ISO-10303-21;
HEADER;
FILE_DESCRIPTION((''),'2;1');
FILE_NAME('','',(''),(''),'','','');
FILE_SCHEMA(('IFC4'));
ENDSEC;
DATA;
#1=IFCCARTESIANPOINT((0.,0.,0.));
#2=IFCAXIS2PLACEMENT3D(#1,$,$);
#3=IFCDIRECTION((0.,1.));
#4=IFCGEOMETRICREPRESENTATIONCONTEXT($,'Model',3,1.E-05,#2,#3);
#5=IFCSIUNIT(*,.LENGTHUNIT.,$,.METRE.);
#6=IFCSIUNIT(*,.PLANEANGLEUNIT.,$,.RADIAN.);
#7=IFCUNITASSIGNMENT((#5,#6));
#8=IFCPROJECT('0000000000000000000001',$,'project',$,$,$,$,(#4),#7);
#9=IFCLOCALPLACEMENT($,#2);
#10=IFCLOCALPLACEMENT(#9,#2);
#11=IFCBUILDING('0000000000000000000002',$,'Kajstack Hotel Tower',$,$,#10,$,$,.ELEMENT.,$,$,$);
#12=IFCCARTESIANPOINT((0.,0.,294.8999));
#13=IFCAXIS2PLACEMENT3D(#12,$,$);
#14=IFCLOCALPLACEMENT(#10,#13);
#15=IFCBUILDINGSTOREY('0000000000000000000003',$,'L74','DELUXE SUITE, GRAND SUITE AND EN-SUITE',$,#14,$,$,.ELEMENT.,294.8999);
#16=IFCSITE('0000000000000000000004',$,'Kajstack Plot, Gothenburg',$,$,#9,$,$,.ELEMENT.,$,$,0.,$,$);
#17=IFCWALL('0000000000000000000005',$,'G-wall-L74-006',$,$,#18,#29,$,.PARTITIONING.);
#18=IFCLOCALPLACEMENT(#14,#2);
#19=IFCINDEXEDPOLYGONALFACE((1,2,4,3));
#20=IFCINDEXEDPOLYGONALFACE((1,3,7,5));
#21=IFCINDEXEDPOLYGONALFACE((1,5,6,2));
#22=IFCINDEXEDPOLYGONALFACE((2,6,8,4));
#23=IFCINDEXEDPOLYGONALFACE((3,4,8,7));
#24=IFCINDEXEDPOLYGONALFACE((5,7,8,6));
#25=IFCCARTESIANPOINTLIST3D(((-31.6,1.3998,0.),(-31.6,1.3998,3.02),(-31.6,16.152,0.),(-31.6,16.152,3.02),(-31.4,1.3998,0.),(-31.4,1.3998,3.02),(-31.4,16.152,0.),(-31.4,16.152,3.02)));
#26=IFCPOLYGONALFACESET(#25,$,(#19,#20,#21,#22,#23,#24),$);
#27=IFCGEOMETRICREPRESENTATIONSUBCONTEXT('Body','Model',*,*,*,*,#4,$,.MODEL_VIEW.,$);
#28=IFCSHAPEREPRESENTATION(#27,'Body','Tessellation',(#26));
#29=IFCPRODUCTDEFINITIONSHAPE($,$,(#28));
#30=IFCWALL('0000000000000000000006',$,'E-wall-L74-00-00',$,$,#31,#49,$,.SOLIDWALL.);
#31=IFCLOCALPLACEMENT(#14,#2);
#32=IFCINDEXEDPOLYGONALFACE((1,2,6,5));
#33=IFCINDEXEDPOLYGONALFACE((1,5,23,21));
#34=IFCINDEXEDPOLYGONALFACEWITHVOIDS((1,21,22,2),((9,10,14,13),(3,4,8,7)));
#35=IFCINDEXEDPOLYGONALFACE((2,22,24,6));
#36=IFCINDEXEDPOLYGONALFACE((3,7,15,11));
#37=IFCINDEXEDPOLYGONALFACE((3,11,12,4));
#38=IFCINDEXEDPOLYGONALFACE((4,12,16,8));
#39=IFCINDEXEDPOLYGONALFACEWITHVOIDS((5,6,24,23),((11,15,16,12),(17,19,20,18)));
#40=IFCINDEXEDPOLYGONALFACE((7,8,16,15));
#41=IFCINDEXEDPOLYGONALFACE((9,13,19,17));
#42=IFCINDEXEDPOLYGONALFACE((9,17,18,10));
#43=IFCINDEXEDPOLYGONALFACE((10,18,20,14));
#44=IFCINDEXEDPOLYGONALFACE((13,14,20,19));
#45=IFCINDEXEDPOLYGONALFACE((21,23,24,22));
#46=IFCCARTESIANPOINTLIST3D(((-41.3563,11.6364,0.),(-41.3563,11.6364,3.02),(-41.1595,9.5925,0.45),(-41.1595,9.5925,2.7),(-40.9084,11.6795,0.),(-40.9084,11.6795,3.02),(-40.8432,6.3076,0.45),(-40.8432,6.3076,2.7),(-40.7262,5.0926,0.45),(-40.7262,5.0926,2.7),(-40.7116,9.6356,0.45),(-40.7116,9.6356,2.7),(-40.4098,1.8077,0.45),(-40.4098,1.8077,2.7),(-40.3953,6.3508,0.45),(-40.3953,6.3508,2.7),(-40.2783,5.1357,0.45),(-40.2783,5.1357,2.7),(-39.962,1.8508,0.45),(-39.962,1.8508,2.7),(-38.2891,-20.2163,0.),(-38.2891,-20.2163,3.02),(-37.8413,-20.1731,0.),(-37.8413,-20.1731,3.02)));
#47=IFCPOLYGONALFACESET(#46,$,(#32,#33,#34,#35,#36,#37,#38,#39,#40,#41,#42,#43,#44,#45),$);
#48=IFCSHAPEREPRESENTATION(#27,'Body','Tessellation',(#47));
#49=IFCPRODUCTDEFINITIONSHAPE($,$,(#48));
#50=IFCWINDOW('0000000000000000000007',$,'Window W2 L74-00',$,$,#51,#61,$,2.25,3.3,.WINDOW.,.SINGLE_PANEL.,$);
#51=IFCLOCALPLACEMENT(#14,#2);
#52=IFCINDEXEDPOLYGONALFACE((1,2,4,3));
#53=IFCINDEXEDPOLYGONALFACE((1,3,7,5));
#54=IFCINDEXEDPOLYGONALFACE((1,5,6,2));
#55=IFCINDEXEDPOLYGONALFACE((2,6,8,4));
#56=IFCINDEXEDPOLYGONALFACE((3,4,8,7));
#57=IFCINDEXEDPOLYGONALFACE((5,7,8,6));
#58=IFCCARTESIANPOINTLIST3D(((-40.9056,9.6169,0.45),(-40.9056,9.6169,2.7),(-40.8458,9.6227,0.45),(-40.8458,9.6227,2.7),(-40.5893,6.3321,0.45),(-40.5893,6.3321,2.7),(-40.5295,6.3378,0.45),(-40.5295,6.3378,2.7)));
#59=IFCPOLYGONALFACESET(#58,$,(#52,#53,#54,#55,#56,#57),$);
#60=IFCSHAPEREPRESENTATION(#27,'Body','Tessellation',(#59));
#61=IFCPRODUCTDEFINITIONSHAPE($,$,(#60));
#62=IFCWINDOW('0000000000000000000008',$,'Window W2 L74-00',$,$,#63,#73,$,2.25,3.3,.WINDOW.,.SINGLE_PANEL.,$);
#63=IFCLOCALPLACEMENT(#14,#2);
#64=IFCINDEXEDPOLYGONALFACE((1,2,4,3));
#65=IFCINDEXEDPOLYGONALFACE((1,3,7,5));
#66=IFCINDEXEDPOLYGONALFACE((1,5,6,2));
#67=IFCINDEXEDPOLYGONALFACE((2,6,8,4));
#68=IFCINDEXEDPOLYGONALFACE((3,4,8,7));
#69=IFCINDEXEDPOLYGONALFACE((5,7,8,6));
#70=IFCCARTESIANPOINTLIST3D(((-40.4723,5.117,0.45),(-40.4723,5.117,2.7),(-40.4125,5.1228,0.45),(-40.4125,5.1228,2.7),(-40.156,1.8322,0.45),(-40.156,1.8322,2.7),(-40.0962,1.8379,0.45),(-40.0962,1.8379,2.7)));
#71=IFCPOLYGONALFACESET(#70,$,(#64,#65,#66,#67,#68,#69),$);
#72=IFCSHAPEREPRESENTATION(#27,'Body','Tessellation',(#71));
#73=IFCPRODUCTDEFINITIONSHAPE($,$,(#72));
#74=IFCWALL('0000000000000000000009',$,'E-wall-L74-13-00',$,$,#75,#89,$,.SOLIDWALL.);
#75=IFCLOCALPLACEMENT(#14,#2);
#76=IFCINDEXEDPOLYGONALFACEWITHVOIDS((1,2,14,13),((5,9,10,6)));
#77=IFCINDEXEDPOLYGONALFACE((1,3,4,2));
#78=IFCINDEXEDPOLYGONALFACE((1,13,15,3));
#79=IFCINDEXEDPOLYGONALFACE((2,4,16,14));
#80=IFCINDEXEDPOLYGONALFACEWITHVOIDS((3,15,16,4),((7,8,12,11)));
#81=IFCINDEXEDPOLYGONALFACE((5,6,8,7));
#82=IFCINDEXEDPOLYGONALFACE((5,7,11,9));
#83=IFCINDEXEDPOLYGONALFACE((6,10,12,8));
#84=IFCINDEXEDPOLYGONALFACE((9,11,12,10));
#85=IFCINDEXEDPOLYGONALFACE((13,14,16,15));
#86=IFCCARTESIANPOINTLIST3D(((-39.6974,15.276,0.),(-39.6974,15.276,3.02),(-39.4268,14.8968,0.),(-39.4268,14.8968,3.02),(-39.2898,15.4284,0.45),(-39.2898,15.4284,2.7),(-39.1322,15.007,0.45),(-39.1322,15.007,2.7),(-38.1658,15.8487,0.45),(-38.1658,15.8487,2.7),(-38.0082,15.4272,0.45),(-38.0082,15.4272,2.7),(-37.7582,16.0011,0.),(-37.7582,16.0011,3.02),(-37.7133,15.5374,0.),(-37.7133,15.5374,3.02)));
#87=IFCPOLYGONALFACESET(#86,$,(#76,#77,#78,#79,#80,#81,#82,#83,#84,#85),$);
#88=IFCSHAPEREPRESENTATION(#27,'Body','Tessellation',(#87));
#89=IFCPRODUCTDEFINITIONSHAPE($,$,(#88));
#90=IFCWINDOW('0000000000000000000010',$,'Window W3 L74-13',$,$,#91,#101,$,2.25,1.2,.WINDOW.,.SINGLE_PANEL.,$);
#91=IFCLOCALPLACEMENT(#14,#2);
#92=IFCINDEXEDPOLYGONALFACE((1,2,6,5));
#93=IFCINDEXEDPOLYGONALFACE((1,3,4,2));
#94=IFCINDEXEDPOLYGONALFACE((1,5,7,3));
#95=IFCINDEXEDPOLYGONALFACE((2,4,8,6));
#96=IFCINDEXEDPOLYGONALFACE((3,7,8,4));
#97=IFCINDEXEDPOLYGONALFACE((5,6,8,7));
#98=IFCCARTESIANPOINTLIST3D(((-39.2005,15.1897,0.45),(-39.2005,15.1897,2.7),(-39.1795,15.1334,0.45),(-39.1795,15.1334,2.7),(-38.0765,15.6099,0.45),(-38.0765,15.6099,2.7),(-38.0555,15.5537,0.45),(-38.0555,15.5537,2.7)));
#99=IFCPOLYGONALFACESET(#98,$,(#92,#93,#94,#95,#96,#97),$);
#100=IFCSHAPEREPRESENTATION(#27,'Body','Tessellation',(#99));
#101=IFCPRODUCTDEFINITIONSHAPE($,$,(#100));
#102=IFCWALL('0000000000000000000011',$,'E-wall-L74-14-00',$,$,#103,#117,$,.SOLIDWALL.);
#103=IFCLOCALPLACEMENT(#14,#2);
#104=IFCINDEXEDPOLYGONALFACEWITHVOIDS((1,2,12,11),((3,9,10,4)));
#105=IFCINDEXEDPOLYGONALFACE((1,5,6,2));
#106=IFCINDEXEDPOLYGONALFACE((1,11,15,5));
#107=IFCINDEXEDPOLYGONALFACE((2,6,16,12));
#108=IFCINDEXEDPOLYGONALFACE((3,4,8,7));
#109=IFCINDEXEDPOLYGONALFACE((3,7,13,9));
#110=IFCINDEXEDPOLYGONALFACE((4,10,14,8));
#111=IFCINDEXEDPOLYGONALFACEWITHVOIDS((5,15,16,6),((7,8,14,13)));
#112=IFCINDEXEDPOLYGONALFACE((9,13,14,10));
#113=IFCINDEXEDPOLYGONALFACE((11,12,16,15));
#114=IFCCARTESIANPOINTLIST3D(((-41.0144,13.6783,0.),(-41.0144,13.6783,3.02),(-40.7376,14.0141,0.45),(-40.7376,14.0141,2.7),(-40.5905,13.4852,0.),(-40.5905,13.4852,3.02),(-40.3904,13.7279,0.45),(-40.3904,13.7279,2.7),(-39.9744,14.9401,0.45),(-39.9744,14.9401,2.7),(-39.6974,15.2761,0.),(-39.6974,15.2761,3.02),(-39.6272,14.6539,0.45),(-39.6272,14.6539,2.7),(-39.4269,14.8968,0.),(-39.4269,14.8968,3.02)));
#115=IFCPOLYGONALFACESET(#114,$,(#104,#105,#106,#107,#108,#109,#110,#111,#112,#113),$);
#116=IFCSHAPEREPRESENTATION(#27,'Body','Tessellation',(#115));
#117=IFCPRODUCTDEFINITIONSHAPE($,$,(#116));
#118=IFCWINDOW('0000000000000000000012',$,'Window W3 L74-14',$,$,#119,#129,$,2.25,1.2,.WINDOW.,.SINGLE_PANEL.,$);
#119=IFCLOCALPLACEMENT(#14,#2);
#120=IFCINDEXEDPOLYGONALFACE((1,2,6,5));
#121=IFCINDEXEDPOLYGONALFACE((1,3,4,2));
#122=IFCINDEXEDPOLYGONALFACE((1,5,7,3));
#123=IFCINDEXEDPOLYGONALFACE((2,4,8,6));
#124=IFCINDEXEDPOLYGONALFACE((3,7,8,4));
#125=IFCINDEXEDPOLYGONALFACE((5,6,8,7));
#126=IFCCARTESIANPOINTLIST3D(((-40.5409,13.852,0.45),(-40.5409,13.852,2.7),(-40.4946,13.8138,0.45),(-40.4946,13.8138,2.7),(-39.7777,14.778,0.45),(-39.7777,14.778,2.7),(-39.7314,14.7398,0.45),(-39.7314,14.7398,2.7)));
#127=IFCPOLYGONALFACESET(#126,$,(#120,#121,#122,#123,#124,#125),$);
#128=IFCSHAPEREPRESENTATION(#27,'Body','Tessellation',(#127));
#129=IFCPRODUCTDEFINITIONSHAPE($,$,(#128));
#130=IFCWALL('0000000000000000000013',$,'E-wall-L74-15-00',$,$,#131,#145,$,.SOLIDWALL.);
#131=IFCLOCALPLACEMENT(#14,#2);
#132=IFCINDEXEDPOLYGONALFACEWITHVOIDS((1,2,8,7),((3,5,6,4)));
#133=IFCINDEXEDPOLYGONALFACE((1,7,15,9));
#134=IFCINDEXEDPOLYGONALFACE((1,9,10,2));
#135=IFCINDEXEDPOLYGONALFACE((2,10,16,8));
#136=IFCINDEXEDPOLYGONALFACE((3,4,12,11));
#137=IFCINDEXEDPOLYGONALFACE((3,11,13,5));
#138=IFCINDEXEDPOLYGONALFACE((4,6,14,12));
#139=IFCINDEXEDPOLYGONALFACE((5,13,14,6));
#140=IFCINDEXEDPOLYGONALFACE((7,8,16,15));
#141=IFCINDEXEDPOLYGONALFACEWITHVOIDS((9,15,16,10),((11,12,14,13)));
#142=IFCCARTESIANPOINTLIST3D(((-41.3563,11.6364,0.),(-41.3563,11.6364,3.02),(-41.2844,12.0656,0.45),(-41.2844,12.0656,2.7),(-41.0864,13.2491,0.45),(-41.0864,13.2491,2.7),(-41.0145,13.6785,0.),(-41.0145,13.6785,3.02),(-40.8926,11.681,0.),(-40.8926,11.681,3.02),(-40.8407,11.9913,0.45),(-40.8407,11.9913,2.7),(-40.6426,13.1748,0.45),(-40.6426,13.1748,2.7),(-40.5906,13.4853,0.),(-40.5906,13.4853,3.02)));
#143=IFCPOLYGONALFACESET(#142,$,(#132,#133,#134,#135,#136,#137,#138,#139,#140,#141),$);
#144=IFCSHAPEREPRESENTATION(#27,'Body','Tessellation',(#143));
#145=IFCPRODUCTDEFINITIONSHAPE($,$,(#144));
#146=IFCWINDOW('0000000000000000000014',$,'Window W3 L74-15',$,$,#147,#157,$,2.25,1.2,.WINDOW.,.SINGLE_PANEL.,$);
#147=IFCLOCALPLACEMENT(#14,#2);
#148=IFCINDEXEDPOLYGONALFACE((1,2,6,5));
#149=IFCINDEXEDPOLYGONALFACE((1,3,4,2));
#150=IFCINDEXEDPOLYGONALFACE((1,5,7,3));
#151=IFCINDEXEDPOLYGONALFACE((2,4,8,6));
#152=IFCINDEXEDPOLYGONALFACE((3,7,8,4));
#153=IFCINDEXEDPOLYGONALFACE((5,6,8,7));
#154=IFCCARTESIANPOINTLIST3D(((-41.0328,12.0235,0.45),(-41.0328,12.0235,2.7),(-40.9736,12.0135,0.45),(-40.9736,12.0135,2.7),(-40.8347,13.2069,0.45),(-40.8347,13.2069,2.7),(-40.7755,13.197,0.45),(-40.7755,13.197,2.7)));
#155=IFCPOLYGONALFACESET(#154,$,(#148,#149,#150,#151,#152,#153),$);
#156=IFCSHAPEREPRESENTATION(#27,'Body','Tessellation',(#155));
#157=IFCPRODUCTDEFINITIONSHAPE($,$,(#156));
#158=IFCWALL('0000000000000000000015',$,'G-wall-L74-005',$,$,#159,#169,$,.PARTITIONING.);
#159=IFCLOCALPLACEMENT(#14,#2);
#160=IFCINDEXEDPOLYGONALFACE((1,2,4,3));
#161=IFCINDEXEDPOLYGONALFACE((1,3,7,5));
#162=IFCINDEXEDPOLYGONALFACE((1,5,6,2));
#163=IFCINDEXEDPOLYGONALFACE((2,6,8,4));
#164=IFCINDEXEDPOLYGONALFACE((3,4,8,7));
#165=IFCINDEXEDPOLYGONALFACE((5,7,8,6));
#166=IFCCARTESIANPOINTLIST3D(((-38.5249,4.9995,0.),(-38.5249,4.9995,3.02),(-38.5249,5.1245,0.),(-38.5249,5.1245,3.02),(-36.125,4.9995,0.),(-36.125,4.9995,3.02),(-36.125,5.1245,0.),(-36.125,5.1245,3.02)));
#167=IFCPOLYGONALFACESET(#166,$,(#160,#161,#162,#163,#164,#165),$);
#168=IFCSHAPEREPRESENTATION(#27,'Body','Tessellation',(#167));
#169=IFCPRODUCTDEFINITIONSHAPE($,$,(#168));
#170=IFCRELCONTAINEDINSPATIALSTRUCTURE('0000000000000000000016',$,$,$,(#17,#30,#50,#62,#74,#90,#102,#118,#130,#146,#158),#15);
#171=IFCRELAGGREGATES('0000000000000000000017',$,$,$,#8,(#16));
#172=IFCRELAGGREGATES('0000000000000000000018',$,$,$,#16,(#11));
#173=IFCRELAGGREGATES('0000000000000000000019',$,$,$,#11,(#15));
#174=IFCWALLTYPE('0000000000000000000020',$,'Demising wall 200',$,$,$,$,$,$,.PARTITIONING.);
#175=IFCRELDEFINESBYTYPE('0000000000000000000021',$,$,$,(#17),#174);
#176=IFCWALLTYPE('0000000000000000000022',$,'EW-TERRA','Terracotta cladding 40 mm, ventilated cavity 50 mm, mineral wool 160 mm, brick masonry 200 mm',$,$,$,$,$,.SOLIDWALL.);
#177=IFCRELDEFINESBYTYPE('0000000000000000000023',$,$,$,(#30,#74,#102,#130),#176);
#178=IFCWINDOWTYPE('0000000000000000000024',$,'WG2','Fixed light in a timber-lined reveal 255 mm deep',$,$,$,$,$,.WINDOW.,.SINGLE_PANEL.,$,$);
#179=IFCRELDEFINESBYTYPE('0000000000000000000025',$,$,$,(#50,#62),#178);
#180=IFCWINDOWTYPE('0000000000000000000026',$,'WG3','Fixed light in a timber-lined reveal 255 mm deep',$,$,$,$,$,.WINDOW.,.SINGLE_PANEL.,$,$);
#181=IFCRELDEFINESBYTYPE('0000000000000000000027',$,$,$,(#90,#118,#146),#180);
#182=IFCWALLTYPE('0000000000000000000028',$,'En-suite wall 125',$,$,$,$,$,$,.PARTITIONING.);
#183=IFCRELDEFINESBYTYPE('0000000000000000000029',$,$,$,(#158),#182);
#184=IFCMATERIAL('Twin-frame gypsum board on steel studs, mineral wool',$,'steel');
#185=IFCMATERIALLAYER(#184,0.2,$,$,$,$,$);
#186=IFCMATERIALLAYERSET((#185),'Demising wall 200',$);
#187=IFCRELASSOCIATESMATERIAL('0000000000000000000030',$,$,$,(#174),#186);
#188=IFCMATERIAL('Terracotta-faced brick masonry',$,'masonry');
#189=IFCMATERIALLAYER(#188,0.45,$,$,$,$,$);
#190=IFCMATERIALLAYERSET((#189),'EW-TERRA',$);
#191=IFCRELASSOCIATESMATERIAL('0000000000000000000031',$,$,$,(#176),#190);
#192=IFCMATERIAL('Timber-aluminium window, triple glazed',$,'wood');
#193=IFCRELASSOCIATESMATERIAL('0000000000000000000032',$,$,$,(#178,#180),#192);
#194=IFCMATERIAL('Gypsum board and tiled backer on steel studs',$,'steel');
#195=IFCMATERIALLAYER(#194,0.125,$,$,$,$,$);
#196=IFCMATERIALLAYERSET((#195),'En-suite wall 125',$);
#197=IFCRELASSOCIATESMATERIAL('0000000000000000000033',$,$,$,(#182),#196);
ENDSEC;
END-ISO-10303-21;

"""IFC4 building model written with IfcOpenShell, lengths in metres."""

from ifc_helpers import new_model, si_unit, direction, frame, frame_2d, origin, place, context, subcontext, project, spatial, polyline, rectangle, outline, extrude, material, layer, layer_set, type_object, element, fill, save


model = new_model("IFC4")

# Units and contexts
model_context = context("Model", 3, precision=1e-05, world=origin(), true_north=direction((0.0, 1.0)))
body_context = subcontext(model_context, "Body", "Model", "MODEL_VIEW")
ifc_project = project(units=[si_unit("LENGTHUNIT", "METRE"), si_unit("PLANEANGLEUNIT", "RADIAN")], contexts=[model_context])

# Site, building, storey
site_placement = place(None, origin())
site = spatial("IfcSite", under=ifc_project, at=site_placement, Name="Kajstack Plot, Gothenburg", CompositionType="ELEMENT", RefElevation=0.0)
building_placement = place(site_placement, origin())
building = spatial("IfcBuilding", under=site, at=building_placement, Name="Kajstack Hotel Tower", CompositionType="ELEMENT")
storey_placement = place(building_placement, frame((0.0, 0.0, 294.8999)))
storey = spatial("IfcBuildingStorey", under=building, at=storey_placement, Name="L74", Description="DELUXE SUITE, GRAND SUITE AND EN-SUITE", CompositionType="ELEMENT", Elevation=294.8999)

# Wall
ifc_material_1 = material(Name="Twin-frame gypsum board on steel studs, mineral wool", Category="steel")
ifc_layer_1 = layer(ifc_material_1, 0.2)
ifc_layer_set_1 = layer_set([ifc_layer_1], Name="Demising wall 200")
wall_type_1 = type_object("IfcWallType", Name="Demising wall 200", PredefinedType="PARTITIONING", material=ifc_layer_set_1)
wall_1_placement = place(storey_placement, frame((-31.5, 1.3999, 0.0), z_axis=(0.0, 0.0, 1.0), x_axis=(0.0, 1.0, 0.0)))
element("IfcWall", 1, at=wall_1_placement, inside=storey, type_object=wall_type_1, Name="G-wall-L74-006", PredefinedType="PARTITIONING", context=body_context, shape_type="SweptSolid", body=[
    extrude(rectangle(XDim=14.7522, YDim=0.2, at=frame_2d((7.376, 0.0))), origin(), (0.0, 0.0, 1.0), 3.02),
])

# Wall, openings, windows
ifc_material_2 = material(Name="Terracotta-faced brick masonry", Category="masonry")
ifc_layer_2 = layer(ifc_material_2, 0.45)
ifc_layer_set_2 = layer_set([ifc_layer_2], Name="EW-TERRA")
wall_type_2 = type_object("IfcWallType", Name="EW-TERRA", Description="Terracotta cladding 40 mm, ventilated cavity 50 mm, mineral wool 160 mm, brick masonry 200 mm", PredefinedType="SOLIDWALL", material=ifc_layer_set_2)
wall_2_placement = place(storey_placement, frame((-41.1323, 11.658, 0.0), z_axis=(0.0, 0.0, 1.0), x_axis=(0.095848, -0.995396, 0.0)))
wall_2 = element("IfcWall", 2, at=wall_2_placement, inside=storey, type_object=wall_type_2, Name="E-wall-L74-00-00", PredefinedType="SOLIDWALL", context=body_context, shape_type="SweptSolid", body=[
    extrude(rectangle(XDim=32.0, YDim=0.45, at=frame_2d((16.0, 0.0))), origin(), (0.0, 0.0, 1.0), 3.02),
])
opening_1_placement = place(wall_2_placement, frame((2.0535, 0.0, 0.45)))
opening_1 = element("IfcOpeningElement", 3, at=opening_1_placement, cuts=wall_2, PredefinedType="OPENING", context=body_context, shape_type="SweptSolid", body=[
    extrude(rectangle(XDim=3.3, YDim=2.25, at=frame_2d((1.6499, 1.125))), frame((0.0, 0.2349, 0.0), z_axis=(0.0, -1.0, 0.0), x_axis=(1.0, 0.0, 0.0)), (0.0, 0.0, 1.0), 0.47),
])
opening_2_placement = place(wall_2_placement, frame((6.5742, 0.0, 0.45)))
opening_2 = element("IfcOpeningElement", 4, at=opening_2_placement, cuts=wall_2, PredefinedType="OPENING", context=body_context, shape_type="SweptSolid", body=[
    extrude(rectangle(XDim=3.3, YDim=2.25, at=frame_2d((1.6499, 1.125))), frame((0.0, 0.2349, 0.0), z_axis=(0.0, -1.0, 0.0), x_axis=(1.0, 0.0, 0.0)), (0.0, 0.0, 1.0), 0.47),
])
ifc_material_3 = material(Name="Timber-aluminium window, triple glazed", Category="wood")
window_type_1 = type_object("IfcWindowType", Name="WG2", Description="Fixed light in a timber-lined reveal 255 mm deep", PartitioningType="SINGLE_PANEL", PredefinedType="WINDOW", material=ifc_material_3)
window_1_placement = place(opening_1_placement, origin())
window_1 = element("IfcWindow", 5, at=window_1_placement, inside=storey, type_object=window_type_1, Name="Window W2 L74-00", OverallHeight=2.25, OverallWidth=3.3, PartitioningType="SINGLE_PANEL", PredefinedType="WINDOW", context=body_context, shape_type="SweptSolid", body=[
    extrude(rectangle(XDim=3.3, YDim=2.25, at=frame_2d((1.6499, 1.125))), frame((0.0, 0.0901, 0.0), z_axis=(0.0, -1.0, 0.0), x_axis=(1.0, 0.0, 0.0)), (0.0, 0.0, 1.0), 0.0601),
])
fill(opening_1, window_1)
window_2_placement = place(opening_2_placement, origin())
window_2 = element("IfcWindow", 6, at=window_2_placement, inside=storey, type_object=window_type_1, Name="Window W2 L74-00", OverallHeight=2.25, OverallWidth=3.3, PartitioningType="SINGLE_PANEL", PredefinedType="WINDOW", context=body_context, shape_type="SweptSolid", body=[
    extrude(rectangle(XDim=3.3, YDim=2.25, at=frame_2d((1.6499, 1.125))), frame((0.0, 0.0901, 0.0), z_axis=(0.0, -1.0, 0.0), x_axis=(1.0, 0.0, 0.0)), (0.0, 0.0, 1.0), 0.0601),
])
fill(opening_2, window_2)

# Walls, openings, windows
wall_3_placement = place(storey_placement, frame((-37.6792, 15.7905, 0.0), z_axis=(0.0, 0.0, 1.0), x_axis=(-0.936678, -0.350193, 0.0)))
wall_3 = element("IfcWall", 7, at=wall_3_placement, inside=storey, type_object=wall_type_2, Name="E-wall-L74-13-00", PredefinedType="SOLIDWALL", context=body_context, shape_type="SweptSolid", body=[
    extrude(outline(polyline([(0.0002, -0.2249), (2.0706, -0.2249), (1.95, 0.2251), (0.1206, 0.2251), (0.0002, -0.2249)])), origin(), (0.0, 0.0, 1.0), 3.02),
])
opening_3_placement = place(wall_3_placement, frame((0.4353, 0.0, 0.45)))
opening_3 = element("IfcOpeningElement", 8, at=opening_3_placement, cuts=wall_3, PredefinedType="OPENING", context=body_context, shape_type="SweptSolid", body=[
    extrude(rectangle(XDim=1.2, YDim=2.25, at=frame_2d((0.6001, 1.125))), frame((0.0, 0.2349, 0.0), z_axis=(0.0, -1.0, 0.0), x_axis=(1.0, 0.0, 0.0)), (0.0, 0.0, 1.0), 0.47),
])
window_type_2 = type_object("IfcWindowType", Name="WG3", Description="Fixed light in a timber-lined reveal 255 mm deep", PartitioningType="SINGLE_PANEL", PredefinedType="WINDOW", material=ifc_material_3)
window_3_placement = place(opening_3_placement, origin())
window_3 = element("IfcWindow", 9, at=window_3_placement, inside=storey, type_object=window_type_2, Name="Window W3 L74-13", OverallHeight=2.25, OverallWidth=1.2, PartitioningType="SINGLE_PANEL", PredefinedType="WINDOW", context=body_context, shape_type="SweptSolid", body=[
    extrude(rectangle(XDim=1.2, YDim=2.25, at=frame_2d((0.6001, 1.125))), frame((0.0, 0.0901, 0.0), z_axis=(0.0, -1.0, 0.0), x_axis=(1.0, 0.0, 0.0)), (0.0, 0.0, 1.0), 0.0601),
])
fill(opening_3, window_3)
wall_4_placement = place(storey_placement, frame((-39.5239, 15.1331, 0.0), z_axis=(0.0, 0.0, 1.0), x_axis=(-0.636046, -0.771651, 0.0)))
wall_4 = element("IfcWall", 10, at=wall_4_placement, inside=storey, type_object=wall_type_2, Name="E-wall-L74-14-00", PredefinedType="SOLIDWALL", context=body_context, shape_type="SweptSolid", body=[
    extrude(outline(polyline([(0.0, -0.2249), (2.0706, -0.2249), (1.95, 0.2251), (0.1206, 0.2251), (0.0, -0.2249)])), origin(), (0.0, 0.0, 1.0), 3.02),
])
opening_4_placement = place(wall_4_placement, frame((0.4353, 0.0, 0.45)))
opening_4 = element("IfcOpeningElement", 11, at=opening_4_placement, cuts=wall_4, PredefinedType="OPENING", context=body_context, shape_type="SweptSolid", body=[
    extrude(rectangle(XDim=1.2, YDim=2.25, at=frame_2d((0.6001, 1.125))), frame((0.0, 0.2349, 0.0), z_axis=(0.0, -1.0, 0.0), x_axis=(1.0, 0.0, 0.0)), (0.0, 0.0, 1.0), 0.47),
])
window_4_placement = place(opening_4_placement, origin())
window_4 = element("IfcWindow", 12, at=window_4_placement, inside=storey, type_object=window_type_2, Name="Window W3 L74-14", OverallHeight=2.25, OverallWidth=1.2, PartitioningType="SINGLE_PANEL", PredefinedType="WINDOW", context=body_context, shape_type="SweptSolid", body=[
    extrude(rectangle(XDim=1.2, YDim=2.25, at=frame_2d((0.6001, 1.125))), frame((0.0, 0.0901, 0.0), z_axis=(0.0, -1.0, 0.0), x_axis=(1.0, 0.0, 0.0)), (0.0, 0.0, 1.0), 0.0601),
])
fill(opening_4, window_4)
wall_5_placement = place(storey_placement, frame((-40.7925, 13.6414, 0.0), z_axis=(0.0, 0.0, 1.0), x_axis=(-0.165068, -0.986282, 0.0)))
wall_5 = element("IfcWall", 13, at=wall_5_placement, inside=storey, type_object=wall_type_2, Name="E-wall-L74-15-00", PredefinedType="SOLIDWALL", context=body_context, shape_type="SweptSolid", body=[
    extrude(outline(polyline([(0.0, -0.2251), (2.0706, -0.2251), (1.95, 0.2249), (0.1206, 0.2249), (0.0, -0.2251)])), origin(), (0.0, 0.0, 1.0), 3.02),
])
opening_5_placement = place(wall_5_placement, frame((0.4353, 0.0, 0.45)))
opening_5 = element("IfcOpeningElement", 14, at=opening_5_placement, cuts=wall_5, PredefinedType="OPENING", context=body_context, shape_type="SweptSolid", body=[
    extrude(rectangle(XDim=1.2, YDim=2.25, at=frame_2d((0.6001, 1.125))), frame((0.0, 0.2349, 0.0), z_axis=(0.0, -1.0, 0.0), x_axis=(1.0, 0.0, 0.0)), (0.0, 0.0, 1.0), 0.47),
])
window_5_placement = place(opening_5_placement, origin())
window_5 = element("IfcWindow", 15, at=window_5_placement, inside=storey, type_object=window_type_2, Name="Window W3 L74-15", OverallHeight=2.25, OverallWidth=1.2, PartitioningType="SINGLE_PANEL", PredefinedType="WINDOW", context=body_context, shape_type="SweptSolid", body=[
    extrude(rectangle(XDim=1.2, YDim=2.25, at=frame_2d((0.6001, 1.125))), frame((0.0, 0.0901, 0.0), z_axis=(0.0, -1.0, 0.0), x_axis=(1.0, 0.0, 0.0)), (0.0, 0.0, 1.0), 0.0601),
])
fill(opening_5, window_5)

# Wall
ifc_material_4 = material(Name="Gypsum board and tiled backer on steel studs", Category="steel")
ifc_layer_3 = layer(ifc_material_4, 0.125)
ifc_layer_set_3 = layer_set([ifc_layer_3], Name="En-suite wall 125")
wall_type_3 = type_object("IfcWallType", Name="En-suite wall 125", PredefinedType="PARTITIONING", material=ifc_layer_set_3)
wall_6_placement = place(storey_placement, frame((-38.5249, 5.062, 0.0), z_axis=(0.0, 0.0, 1.0), x_axis=(1.0, 0.0, 0.0)))
element("IfcWall", 16, at=wall_6_placement, inside=storey, type_object=wall_type_3, Name="G-wall-L74-005", PredefinedType="PARTITIONING", context=body_context, shape_type="SweptSolid", body=[
    extrude(rectangle(XDim=2.3999, YDim=0.125, at=frame_2d((1.2, 0.0))), origin(), (0.0, 0.0, 1.0), 3.02),
])

save(model, "model.ifc")
